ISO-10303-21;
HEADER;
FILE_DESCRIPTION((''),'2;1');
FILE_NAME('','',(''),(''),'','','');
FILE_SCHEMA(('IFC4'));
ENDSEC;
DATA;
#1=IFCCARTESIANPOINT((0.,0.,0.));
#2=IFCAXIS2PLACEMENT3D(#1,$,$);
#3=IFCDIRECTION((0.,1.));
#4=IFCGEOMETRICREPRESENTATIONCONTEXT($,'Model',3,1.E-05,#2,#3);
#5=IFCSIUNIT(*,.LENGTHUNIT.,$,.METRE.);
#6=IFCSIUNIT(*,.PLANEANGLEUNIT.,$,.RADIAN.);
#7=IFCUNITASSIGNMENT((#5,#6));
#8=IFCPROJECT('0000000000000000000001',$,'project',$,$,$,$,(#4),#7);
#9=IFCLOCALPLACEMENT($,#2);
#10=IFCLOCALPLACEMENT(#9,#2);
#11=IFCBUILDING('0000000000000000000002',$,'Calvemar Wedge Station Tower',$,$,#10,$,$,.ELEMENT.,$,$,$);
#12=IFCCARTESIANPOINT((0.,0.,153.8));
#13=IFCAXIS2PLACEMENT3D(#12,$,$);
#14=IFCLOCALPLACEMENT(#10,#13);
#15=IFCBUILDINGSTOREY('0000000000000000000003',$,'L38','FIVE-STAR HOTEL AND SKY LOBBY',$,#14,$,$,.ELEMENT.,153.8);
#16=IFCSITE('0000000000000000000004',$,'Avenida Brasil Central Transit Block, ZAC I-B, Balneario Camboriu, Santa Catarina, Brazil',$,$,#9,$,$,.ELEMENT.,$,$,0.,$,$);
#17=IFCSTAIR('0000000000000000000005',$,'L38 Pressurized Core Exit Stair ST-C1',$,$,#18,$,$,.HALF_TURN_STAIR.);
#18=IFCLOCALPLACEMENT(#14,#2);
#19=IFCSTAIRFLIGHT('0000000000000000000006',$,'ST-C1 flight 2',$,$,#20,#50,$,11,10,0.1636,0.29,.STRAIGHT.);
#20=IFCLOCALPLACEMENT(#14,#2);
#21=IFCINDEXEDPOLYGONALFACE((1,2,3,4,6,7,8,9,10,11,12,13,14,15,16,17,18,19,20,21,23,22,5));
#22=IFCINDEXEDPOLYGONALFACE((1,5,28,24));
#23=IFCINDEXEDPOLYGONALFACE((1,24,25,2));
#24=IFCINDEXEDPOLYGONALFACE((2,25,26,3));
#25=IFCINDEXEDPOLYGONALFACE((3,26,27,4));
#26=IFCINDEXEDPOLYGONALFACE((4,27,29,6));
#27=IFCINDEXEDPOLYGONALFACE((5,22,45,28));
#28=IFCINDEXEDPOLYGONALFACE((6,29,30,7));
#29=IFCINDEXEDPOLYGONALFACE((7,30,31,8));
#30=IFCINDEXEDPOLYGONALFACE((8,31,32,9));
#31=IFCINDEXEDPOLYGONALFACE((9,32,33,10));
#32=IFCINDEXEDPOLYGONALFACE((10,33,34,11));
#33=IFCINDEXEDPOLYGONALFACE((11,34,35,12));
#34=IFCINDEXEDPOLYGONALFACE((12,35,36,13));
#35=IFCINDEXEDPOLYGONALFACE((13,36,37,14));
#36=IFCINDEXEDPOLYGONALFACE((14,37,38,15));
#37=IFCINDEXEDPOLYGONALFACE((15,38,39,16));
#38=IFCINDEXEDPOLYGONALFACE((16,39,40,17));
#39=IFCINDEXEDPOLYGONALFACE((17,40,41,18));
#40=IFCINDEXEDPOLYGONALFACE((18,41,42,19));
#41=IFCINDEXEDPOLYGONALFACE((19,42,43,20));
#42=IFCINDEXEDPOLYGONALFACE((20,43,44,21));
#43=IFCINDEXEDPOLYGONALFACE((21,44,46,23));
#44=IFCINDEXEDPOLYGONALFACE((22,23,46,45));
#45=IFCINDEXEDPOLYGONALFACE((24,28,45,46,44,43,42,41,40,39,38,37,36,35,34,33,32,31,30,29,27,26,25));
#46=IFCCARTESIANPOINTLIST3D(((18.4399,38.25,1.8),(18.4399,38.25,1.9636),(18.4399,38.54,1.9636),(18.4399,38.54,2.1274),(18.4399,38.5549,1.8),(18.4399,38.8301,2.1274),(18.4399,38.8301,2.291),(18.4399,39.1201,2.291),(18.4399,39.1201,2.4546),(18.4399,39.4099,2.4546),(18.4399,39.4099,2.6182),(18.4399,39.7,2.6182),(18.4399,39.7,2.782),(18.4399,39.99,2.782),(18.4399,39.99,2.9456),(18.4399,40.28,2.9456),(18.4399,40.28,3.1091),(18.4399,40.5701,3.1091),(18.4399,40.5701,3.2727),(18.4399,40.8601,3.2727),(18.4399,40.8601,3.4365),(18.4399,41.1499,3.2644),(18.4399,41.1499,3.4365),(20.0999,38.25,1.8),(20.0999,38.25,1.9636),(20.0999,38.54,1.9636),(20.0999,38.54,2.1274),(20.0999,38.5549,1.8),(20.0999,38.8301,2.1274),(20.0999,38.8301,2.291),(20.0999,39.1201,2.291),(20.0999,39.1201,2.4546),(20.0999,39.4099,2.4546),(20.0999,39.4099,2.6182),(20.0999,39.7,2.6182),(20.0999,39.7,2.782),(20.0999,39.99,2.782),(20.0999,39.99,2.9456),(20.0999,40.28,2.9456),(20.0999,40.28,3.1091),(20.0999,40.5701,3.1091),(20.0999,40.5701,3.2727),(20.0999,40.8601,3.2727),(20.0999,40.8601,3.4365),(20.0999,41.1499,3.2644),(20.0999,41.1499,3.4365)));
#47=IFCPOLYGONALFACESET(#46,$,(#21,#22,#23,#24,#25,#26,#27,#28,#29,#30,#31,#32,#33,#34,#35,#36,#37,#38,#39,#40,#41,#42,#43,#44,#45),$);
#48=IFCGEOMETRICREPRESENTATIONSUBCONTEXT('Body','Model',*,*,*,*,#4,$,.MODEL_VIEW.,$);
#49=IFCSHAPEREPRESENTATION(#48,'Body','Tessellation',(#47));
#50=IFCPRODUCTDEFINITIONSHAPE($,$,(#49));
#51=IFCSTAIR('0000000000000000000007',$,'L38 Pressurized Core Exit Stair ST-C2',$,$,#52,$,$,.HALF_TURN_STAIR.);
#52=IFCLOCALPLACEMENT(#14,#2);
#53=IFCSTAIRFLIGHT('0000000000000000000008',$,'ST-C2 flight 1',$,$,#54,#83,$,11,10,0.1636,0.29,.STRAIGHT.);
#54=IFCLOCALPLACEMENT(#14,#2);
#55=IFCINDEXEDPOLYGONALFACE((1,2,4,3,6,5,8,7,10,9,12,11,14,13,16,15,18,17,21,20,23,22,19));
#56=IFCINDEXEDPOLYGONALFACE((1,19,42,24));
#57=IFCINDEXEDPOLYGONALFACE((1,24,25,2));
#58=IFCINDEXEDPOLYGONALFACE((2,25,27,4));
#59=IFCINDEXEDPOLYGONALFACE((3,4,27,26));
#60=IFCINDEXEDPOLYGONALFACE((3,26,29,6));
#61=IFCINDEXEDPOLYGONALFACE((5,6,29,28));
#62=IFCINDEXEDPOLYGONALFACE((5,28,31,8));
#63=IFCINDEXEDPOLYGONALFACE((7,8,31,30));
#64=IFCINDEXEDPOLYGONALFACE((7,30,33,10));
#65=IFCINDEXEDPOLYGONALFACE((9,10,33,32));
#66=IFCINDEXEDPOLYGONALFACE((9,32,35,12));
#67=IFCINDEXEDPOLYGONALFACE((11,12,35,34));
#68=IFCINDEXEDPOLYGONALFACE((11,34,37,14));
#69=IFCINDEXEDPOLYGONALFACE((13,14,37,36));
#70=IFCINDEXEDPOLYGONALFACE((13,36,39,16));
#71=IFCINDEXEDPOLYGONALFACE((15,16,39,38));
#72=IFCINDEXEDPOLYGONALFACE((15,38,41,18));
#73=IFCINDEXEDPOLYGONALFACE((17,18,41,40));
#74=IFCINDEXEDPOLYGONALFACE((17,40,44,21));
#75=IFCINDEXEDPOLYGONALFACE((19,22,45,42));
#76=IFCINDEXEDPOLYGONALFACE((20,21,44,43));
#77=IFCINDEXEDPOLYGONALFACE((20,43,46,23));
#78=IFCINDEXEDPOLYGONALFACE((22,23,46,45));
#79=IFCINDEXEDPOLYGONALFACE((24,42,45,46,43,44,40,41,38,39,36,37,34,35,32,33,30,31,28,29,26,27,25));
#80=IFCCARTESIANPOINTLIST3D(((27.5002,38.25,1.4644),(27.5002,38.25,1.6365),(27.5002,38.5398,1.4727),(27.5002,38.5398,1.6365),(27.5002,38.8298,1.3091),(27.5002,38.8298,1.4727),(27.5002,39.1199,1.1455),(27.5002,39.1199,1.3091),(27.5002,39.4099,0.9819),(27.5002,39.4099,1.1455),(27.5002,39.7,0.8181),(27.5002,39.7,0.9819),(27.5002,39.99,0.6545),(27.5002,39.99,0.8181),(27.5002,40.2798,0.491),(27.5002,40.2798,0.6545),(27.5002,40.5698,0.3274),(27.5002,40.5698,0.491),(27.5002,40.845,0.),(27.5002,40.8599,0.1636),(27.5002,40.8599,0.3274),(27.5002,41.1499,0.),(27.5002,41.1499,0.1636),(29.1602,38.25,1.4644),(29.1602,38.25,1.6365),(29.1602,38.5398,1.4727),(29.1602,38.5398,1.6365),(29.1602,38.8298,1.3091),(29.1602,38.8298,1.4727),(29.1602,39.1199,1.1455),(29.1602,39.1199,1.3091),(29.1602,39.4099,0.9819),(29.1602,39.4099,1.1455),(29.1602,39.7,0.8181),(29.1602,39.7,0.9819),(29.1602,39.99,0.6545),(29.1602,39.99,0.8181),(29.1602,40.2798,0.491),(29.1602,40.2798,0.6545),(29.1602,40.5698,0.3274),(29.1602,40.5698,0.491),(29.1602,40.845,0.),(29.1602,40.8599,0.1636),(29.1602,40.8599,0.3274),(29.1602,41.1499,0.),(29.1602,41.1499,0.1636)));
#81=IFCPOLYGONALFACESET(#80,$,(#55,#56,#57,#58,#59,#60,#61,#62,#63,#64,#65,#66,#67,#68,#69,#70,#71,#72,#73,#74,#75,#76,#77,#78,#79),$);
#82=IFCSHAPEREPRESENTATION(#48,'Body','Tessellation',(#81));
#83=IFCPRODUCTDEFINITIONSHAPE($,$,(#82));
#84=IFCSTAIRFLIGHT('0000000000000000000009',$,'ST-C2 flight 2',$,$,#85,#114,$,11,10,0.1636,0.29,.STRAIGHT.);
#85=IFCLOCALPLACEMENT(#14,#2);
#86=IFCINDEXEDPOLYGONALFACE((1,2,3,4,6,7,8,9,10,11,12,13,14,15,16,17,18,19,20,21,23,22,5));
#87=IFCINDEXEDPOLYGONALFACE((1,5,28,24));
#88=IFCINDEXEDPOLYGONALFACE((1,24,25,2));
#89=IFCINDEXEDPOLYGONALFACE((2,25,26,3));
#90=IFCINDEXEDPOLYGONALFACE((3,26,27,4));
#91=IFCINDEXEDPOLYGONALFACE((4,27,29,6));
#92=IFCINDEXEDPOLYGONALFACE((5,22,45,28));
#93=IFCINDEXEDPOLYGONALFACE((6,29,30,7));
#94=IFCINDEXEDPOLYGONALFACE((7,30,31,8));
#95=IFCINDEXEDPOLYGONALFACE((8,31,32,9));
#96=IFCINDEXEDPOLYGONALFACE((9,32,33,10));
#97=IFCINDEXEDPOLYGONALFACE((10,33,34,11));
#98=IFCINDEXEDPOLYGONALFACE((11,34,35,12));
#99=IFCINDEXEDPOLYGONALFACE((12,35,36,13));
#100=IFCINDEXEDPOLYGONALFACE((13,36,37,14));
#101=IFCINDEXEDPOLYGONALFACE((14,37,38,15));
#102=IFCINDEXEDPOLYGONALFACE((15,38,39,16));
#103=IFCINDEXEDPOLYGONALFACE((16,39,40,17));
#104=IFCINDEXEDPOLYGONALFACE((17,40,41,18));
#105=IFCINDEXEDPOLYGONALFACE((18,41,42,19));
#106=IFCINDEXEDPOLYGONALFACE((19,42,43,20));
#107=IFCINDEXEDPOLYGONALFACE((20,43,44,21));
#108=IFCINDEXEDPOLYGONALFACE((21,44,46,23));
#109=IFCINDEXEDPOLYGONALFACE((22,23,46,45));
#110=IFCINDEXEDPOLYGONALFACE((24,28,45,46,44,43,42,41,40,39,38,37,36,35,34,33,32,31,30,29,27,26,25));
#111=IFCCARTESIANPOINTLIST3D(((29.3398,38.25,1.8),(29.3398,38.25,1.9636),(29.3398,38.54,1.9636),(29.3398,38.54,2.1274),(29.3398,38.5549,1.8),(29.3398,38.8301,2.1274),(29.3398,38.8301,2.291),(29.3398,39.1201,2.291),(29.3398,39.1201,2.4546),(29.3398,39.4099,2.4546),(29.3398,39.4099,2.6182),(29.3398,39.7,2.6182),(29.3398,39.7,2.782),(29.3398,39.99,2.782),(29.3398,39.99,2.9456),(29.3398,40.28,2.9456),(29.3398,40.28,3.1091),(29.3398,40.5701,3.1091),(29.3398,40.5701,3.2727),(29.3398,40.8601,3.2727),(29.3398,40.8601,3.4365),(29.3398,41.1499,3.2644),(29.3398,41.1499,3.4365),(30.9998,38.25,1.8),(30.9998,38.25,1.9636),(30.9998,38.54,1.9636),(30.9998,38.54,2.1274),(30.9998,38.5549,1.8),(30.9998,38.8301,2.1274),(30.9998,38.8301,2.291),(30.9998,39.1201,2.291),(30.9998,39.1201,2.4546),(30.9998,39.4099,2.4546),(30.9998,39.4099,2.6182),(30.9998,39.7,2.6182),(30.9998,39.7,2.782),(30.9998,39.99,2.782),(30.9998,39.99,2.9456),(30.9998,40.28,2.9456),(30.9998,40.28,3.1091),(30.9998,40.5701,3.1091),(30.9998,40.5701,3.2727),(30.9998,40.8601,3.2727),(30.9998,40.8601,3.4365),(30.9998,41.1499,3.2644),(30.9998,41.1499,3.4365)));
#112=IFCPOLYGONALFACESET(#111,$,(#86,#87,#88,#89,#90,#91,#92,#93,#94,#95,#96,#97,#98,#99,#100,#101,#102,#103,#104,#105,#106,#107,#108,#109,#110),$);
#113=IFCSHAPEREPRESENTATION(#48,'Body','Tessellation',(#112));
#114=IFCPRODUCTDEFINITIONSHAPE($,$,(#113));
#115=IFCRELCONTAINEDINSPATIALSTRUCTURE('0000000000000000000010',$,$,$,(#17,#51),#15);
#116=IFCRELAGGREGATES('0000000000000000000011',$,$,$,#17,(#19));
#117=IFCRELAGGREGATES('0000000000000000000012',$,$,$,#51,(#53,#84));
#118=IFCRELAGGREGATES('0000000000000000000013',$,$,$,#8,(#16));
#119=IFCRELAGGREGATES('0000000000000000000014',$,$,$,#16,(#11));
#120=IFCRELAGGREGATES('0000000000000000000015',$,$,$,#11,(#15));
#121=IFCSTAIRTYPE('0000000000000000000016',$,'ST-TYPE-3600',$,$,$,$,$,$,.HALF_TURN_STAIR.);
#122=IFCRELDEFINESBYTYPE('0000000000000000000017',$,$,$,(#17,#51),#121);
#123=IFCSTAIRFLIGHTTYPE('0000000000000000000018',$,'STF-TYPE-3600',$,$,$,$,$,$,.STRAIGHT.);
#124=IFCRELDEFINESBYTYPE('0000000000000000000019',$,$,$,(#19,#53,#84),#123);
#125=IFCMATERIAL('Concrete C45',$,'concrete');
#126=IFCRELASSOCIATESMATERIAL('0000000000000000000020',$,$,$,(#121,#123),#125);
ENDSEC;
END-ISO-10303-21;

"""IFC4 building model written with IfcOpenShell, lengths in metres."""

from ifc_helpers import new_model, si_unit, direction, frame, origin, place, context, subcontext, project, spatial, polyline, outline, extrude, material, type_object, element, aggregate, save


model = new_model("IFC4")

# Units and contexts
model_context = context("Model", 3, precision=1e-05, world=origin(), true_north=direction((0.0, 1.0)))
body_context = subcontext(model_context, "Body", "Model", "MODEL_VIEW")
ifc_project = project(units=[si_unit("LENGTHUNIT", "METRE"), si_unit("PLANEANGLEUNIT", "RADIAN")], contexts=[model_context])

# Site, building, storey
site_placement = place(None, origin())
site = spatial("IfcSite", under=ifc_project, at=site_placement, Name="Avenida Brasil Central Transit Block, ZAC I-B, Balneario Camboriu, Santa Catarina, Brazil", CompositionType="ELEMENT", RefElevation=0.0)
building_placement = place(site_placement, origin())
building = spatial("IfcBuilding", under=site, at=building_placement, Name="Calvemar Wedge Station Tower", CompositionType="ELEMENT")
storey_placement = place(building_placement, frame((0.0, 0.0, 153.8)))
storey = spatial("IfcBuildingStorey", under=building, at=storey_placement, Name="L38", Description="FIVE-STAR HOTEL AND SKY LOBBY", CompositionType="ELEMENT", Elevation=153.8)

# Stairs, stair flights
ifc_material_1 = material(Name="Concrete C45", Category="concrete")
stair_type = type_object("IfcStairType", Name="ST-TYPE-3600", PredefinedType="HALF_TURN_STAIR", material=ifc_material_1)
stair_1_placement = place(storey_placement, origin())
stair_1 = element("IfcStair", 1, at=stair_1_placement, inside=storey, type_object=stair_type, Name="L38 Pressurized Core Exit Stair ST-C1", PredefinedType="HALF_TURN_STAIR")
stair_flight_type = type_object("IfcStairFlightType", Name="STF-TYPE-3600", PredefinedType="STRAIGHT", material=ifc_material_1)
stair_flight_1_placement = place(storey_placement, frame((19.27, 38.25, 1.8), z_axis=(0.0, 0.0, 1.0), x_axis=(0.0, 1.0, 0.0)))
stair_flight_1 = element("IfcStairFlight", 2, at=stair_flight_1_placement, type_object=stair_flight_type, Name="ST-C1 flight 2", NumberOfRisers=11, NumberOfTreads=10, PredefinedType="STRAIGHT", RiserHeight=0.1636, TreadLength=0.29, context=body_context, shape_type="SweptSolid", body=[
    extrude(outline(polyline([(0.0, 0.0), (0.0, 0.1636), (0.29, 0.1636), (0.29, 0.3274), (0.5801, 0.3274), (0.5801, 0.491), (0.8701, 0.491), (0.8701, 0.6545), (1.1599, 0.6545), (1.1599, 0.8181), (1.45, 0.8181), (1.45, 0.9819), (1.74, 0.9819), (1.74, 1.1455), (2.03, 1.1455), (2.03, 1.3091), (2.3201, 1.3091), (2.3201, 1.4727), (2.6101, 1.4727), (2.6101, 1.6365), (2.8999, 1.6365), (2.8999, 1.8), (2.8999, 1.4644), (0.3049, 0.0), (0.0, 0.0)])), frame((0.0, 0.8301, 0.0), z_axis=(0.0, -1.0, 0.0), x_axis=(1.0, 0.0, 0.0)), (0.0, 0.0, 1.0), 1.6599),
])
aggregate(stair_1, [stair_flight_1])
stair_2_placement = place(storey_placement, origin())
stair_2 = element("IfcStair", 3, at=stair_2_placement, inside=storey, type_object=stair_type, Name="L38 Pressurized Core Exit Stair ST-C2", PredefinedType="HALF_TURN_STAIR")
stair_flight_2_placement = place(storey_placement, frame((28.3301, 41.1499, 0.0), z_axis=(0.0, 0.0, 1.0), x_axis=(0.0, -1.0, 0.0)))
stair_flight_2 = element("IfcStairFlight", 4, at=stair_flight_2_placement, type_object=stair_flight_type, Name="ST-C2 flight 1", NumberOfRisers=11, NumberOfTreads=10, PredefinedType="STRAIGHT", RiserHeight=0.1636, TreadLength=0.29, context=body_context, shape_type="SweptSolid", body=[
    extrude(outline(polyline([(0.0, 0.0), (0.0, 0.1636), (0.29, 0.1636), (0.29, 0.3274), (0.5801, 0.3274), (0.5801, 0.491), (0.8701, 0.491), (0.8701, 0.6545), (1.1599, 0.6545), (1.1599, 0.8181), (1.45, 0.8181), (1.45, 0.9819), (1.74, 0.9819), (1.74, 1.1455), (2.03, 1.1455), (2.03, 1.3091), (2.3201, 1.3091), (2.3201, 1.4727), (2.6101, 1.4727), (2.6101, 1.6365), (2.8999, 1.6365), (2.8999, 1.8), (2.8999, 1.4644), (0.3049, 0.0), (0.0, 0.0)])), frame((0.0, 0.8301, 0.0), z_axis=(0.0, -1.0, 0.0), x_axis=(1.0, 0.0, 0.0)), (0.0, 0.0, 1.0), 1.6599),
])
stair_flight_3_placement = place(storey_placement, frame((30.1699, 38.25, 1.8), z_axis=(0.0, 0.0, 1.0), x_axis=(0.0, 1.0, 0.0)))
stair_flight_3 = element("IfcStairFlight", 5, at=stair_flight_3_placement, type_object=stair_flight_type, Name="ST-C2 flight 2", NumberOfRisers=11, NumberOfTreads=10, PredefinedType="STRAIGHT", RiserHeight=0.1636, TreadLength=0.29, context=body_context, shape_type="SweptSolid", body=[
    extrude(outline(polyline([(0.0, 0.0), (0.0, 0.1636), (0.29, 0.1636), (0.29, 0.3274), (0.5801, 0.3274), (0.5801, 0.491), (0.8701, 0.491), (0.8701, 0.6545), (1.1599, 0.6545), (1.1599, 0.8181), (1.45, 0.8181), (1.45, 0.9819), (1.74, 0.9819), (1.74, 1.1455), (2.03, 1.1455), (2.03, 1.3091), (2.3201, 1.3091), (2.3201, 1.4727), (2.6101, 1.4727), (2.6101, 1.6365), (2.8999, 1.6365), (2.8999, 1.8), (2.8999, 1.4644), (0.3049, 0.0), (0.0, 0.0)])), frame((0.0, 0.8301, 0.0), z_axis=(0.0, -1.0, 0.0), x_axis=(1.0, 0.0, 0.0)), (0.0, 0.0, 1.0), 1.6599),
])
aggregate(stair_2, [stair_flight_2, stair_flight_3])

save(model, "model.ifc")
